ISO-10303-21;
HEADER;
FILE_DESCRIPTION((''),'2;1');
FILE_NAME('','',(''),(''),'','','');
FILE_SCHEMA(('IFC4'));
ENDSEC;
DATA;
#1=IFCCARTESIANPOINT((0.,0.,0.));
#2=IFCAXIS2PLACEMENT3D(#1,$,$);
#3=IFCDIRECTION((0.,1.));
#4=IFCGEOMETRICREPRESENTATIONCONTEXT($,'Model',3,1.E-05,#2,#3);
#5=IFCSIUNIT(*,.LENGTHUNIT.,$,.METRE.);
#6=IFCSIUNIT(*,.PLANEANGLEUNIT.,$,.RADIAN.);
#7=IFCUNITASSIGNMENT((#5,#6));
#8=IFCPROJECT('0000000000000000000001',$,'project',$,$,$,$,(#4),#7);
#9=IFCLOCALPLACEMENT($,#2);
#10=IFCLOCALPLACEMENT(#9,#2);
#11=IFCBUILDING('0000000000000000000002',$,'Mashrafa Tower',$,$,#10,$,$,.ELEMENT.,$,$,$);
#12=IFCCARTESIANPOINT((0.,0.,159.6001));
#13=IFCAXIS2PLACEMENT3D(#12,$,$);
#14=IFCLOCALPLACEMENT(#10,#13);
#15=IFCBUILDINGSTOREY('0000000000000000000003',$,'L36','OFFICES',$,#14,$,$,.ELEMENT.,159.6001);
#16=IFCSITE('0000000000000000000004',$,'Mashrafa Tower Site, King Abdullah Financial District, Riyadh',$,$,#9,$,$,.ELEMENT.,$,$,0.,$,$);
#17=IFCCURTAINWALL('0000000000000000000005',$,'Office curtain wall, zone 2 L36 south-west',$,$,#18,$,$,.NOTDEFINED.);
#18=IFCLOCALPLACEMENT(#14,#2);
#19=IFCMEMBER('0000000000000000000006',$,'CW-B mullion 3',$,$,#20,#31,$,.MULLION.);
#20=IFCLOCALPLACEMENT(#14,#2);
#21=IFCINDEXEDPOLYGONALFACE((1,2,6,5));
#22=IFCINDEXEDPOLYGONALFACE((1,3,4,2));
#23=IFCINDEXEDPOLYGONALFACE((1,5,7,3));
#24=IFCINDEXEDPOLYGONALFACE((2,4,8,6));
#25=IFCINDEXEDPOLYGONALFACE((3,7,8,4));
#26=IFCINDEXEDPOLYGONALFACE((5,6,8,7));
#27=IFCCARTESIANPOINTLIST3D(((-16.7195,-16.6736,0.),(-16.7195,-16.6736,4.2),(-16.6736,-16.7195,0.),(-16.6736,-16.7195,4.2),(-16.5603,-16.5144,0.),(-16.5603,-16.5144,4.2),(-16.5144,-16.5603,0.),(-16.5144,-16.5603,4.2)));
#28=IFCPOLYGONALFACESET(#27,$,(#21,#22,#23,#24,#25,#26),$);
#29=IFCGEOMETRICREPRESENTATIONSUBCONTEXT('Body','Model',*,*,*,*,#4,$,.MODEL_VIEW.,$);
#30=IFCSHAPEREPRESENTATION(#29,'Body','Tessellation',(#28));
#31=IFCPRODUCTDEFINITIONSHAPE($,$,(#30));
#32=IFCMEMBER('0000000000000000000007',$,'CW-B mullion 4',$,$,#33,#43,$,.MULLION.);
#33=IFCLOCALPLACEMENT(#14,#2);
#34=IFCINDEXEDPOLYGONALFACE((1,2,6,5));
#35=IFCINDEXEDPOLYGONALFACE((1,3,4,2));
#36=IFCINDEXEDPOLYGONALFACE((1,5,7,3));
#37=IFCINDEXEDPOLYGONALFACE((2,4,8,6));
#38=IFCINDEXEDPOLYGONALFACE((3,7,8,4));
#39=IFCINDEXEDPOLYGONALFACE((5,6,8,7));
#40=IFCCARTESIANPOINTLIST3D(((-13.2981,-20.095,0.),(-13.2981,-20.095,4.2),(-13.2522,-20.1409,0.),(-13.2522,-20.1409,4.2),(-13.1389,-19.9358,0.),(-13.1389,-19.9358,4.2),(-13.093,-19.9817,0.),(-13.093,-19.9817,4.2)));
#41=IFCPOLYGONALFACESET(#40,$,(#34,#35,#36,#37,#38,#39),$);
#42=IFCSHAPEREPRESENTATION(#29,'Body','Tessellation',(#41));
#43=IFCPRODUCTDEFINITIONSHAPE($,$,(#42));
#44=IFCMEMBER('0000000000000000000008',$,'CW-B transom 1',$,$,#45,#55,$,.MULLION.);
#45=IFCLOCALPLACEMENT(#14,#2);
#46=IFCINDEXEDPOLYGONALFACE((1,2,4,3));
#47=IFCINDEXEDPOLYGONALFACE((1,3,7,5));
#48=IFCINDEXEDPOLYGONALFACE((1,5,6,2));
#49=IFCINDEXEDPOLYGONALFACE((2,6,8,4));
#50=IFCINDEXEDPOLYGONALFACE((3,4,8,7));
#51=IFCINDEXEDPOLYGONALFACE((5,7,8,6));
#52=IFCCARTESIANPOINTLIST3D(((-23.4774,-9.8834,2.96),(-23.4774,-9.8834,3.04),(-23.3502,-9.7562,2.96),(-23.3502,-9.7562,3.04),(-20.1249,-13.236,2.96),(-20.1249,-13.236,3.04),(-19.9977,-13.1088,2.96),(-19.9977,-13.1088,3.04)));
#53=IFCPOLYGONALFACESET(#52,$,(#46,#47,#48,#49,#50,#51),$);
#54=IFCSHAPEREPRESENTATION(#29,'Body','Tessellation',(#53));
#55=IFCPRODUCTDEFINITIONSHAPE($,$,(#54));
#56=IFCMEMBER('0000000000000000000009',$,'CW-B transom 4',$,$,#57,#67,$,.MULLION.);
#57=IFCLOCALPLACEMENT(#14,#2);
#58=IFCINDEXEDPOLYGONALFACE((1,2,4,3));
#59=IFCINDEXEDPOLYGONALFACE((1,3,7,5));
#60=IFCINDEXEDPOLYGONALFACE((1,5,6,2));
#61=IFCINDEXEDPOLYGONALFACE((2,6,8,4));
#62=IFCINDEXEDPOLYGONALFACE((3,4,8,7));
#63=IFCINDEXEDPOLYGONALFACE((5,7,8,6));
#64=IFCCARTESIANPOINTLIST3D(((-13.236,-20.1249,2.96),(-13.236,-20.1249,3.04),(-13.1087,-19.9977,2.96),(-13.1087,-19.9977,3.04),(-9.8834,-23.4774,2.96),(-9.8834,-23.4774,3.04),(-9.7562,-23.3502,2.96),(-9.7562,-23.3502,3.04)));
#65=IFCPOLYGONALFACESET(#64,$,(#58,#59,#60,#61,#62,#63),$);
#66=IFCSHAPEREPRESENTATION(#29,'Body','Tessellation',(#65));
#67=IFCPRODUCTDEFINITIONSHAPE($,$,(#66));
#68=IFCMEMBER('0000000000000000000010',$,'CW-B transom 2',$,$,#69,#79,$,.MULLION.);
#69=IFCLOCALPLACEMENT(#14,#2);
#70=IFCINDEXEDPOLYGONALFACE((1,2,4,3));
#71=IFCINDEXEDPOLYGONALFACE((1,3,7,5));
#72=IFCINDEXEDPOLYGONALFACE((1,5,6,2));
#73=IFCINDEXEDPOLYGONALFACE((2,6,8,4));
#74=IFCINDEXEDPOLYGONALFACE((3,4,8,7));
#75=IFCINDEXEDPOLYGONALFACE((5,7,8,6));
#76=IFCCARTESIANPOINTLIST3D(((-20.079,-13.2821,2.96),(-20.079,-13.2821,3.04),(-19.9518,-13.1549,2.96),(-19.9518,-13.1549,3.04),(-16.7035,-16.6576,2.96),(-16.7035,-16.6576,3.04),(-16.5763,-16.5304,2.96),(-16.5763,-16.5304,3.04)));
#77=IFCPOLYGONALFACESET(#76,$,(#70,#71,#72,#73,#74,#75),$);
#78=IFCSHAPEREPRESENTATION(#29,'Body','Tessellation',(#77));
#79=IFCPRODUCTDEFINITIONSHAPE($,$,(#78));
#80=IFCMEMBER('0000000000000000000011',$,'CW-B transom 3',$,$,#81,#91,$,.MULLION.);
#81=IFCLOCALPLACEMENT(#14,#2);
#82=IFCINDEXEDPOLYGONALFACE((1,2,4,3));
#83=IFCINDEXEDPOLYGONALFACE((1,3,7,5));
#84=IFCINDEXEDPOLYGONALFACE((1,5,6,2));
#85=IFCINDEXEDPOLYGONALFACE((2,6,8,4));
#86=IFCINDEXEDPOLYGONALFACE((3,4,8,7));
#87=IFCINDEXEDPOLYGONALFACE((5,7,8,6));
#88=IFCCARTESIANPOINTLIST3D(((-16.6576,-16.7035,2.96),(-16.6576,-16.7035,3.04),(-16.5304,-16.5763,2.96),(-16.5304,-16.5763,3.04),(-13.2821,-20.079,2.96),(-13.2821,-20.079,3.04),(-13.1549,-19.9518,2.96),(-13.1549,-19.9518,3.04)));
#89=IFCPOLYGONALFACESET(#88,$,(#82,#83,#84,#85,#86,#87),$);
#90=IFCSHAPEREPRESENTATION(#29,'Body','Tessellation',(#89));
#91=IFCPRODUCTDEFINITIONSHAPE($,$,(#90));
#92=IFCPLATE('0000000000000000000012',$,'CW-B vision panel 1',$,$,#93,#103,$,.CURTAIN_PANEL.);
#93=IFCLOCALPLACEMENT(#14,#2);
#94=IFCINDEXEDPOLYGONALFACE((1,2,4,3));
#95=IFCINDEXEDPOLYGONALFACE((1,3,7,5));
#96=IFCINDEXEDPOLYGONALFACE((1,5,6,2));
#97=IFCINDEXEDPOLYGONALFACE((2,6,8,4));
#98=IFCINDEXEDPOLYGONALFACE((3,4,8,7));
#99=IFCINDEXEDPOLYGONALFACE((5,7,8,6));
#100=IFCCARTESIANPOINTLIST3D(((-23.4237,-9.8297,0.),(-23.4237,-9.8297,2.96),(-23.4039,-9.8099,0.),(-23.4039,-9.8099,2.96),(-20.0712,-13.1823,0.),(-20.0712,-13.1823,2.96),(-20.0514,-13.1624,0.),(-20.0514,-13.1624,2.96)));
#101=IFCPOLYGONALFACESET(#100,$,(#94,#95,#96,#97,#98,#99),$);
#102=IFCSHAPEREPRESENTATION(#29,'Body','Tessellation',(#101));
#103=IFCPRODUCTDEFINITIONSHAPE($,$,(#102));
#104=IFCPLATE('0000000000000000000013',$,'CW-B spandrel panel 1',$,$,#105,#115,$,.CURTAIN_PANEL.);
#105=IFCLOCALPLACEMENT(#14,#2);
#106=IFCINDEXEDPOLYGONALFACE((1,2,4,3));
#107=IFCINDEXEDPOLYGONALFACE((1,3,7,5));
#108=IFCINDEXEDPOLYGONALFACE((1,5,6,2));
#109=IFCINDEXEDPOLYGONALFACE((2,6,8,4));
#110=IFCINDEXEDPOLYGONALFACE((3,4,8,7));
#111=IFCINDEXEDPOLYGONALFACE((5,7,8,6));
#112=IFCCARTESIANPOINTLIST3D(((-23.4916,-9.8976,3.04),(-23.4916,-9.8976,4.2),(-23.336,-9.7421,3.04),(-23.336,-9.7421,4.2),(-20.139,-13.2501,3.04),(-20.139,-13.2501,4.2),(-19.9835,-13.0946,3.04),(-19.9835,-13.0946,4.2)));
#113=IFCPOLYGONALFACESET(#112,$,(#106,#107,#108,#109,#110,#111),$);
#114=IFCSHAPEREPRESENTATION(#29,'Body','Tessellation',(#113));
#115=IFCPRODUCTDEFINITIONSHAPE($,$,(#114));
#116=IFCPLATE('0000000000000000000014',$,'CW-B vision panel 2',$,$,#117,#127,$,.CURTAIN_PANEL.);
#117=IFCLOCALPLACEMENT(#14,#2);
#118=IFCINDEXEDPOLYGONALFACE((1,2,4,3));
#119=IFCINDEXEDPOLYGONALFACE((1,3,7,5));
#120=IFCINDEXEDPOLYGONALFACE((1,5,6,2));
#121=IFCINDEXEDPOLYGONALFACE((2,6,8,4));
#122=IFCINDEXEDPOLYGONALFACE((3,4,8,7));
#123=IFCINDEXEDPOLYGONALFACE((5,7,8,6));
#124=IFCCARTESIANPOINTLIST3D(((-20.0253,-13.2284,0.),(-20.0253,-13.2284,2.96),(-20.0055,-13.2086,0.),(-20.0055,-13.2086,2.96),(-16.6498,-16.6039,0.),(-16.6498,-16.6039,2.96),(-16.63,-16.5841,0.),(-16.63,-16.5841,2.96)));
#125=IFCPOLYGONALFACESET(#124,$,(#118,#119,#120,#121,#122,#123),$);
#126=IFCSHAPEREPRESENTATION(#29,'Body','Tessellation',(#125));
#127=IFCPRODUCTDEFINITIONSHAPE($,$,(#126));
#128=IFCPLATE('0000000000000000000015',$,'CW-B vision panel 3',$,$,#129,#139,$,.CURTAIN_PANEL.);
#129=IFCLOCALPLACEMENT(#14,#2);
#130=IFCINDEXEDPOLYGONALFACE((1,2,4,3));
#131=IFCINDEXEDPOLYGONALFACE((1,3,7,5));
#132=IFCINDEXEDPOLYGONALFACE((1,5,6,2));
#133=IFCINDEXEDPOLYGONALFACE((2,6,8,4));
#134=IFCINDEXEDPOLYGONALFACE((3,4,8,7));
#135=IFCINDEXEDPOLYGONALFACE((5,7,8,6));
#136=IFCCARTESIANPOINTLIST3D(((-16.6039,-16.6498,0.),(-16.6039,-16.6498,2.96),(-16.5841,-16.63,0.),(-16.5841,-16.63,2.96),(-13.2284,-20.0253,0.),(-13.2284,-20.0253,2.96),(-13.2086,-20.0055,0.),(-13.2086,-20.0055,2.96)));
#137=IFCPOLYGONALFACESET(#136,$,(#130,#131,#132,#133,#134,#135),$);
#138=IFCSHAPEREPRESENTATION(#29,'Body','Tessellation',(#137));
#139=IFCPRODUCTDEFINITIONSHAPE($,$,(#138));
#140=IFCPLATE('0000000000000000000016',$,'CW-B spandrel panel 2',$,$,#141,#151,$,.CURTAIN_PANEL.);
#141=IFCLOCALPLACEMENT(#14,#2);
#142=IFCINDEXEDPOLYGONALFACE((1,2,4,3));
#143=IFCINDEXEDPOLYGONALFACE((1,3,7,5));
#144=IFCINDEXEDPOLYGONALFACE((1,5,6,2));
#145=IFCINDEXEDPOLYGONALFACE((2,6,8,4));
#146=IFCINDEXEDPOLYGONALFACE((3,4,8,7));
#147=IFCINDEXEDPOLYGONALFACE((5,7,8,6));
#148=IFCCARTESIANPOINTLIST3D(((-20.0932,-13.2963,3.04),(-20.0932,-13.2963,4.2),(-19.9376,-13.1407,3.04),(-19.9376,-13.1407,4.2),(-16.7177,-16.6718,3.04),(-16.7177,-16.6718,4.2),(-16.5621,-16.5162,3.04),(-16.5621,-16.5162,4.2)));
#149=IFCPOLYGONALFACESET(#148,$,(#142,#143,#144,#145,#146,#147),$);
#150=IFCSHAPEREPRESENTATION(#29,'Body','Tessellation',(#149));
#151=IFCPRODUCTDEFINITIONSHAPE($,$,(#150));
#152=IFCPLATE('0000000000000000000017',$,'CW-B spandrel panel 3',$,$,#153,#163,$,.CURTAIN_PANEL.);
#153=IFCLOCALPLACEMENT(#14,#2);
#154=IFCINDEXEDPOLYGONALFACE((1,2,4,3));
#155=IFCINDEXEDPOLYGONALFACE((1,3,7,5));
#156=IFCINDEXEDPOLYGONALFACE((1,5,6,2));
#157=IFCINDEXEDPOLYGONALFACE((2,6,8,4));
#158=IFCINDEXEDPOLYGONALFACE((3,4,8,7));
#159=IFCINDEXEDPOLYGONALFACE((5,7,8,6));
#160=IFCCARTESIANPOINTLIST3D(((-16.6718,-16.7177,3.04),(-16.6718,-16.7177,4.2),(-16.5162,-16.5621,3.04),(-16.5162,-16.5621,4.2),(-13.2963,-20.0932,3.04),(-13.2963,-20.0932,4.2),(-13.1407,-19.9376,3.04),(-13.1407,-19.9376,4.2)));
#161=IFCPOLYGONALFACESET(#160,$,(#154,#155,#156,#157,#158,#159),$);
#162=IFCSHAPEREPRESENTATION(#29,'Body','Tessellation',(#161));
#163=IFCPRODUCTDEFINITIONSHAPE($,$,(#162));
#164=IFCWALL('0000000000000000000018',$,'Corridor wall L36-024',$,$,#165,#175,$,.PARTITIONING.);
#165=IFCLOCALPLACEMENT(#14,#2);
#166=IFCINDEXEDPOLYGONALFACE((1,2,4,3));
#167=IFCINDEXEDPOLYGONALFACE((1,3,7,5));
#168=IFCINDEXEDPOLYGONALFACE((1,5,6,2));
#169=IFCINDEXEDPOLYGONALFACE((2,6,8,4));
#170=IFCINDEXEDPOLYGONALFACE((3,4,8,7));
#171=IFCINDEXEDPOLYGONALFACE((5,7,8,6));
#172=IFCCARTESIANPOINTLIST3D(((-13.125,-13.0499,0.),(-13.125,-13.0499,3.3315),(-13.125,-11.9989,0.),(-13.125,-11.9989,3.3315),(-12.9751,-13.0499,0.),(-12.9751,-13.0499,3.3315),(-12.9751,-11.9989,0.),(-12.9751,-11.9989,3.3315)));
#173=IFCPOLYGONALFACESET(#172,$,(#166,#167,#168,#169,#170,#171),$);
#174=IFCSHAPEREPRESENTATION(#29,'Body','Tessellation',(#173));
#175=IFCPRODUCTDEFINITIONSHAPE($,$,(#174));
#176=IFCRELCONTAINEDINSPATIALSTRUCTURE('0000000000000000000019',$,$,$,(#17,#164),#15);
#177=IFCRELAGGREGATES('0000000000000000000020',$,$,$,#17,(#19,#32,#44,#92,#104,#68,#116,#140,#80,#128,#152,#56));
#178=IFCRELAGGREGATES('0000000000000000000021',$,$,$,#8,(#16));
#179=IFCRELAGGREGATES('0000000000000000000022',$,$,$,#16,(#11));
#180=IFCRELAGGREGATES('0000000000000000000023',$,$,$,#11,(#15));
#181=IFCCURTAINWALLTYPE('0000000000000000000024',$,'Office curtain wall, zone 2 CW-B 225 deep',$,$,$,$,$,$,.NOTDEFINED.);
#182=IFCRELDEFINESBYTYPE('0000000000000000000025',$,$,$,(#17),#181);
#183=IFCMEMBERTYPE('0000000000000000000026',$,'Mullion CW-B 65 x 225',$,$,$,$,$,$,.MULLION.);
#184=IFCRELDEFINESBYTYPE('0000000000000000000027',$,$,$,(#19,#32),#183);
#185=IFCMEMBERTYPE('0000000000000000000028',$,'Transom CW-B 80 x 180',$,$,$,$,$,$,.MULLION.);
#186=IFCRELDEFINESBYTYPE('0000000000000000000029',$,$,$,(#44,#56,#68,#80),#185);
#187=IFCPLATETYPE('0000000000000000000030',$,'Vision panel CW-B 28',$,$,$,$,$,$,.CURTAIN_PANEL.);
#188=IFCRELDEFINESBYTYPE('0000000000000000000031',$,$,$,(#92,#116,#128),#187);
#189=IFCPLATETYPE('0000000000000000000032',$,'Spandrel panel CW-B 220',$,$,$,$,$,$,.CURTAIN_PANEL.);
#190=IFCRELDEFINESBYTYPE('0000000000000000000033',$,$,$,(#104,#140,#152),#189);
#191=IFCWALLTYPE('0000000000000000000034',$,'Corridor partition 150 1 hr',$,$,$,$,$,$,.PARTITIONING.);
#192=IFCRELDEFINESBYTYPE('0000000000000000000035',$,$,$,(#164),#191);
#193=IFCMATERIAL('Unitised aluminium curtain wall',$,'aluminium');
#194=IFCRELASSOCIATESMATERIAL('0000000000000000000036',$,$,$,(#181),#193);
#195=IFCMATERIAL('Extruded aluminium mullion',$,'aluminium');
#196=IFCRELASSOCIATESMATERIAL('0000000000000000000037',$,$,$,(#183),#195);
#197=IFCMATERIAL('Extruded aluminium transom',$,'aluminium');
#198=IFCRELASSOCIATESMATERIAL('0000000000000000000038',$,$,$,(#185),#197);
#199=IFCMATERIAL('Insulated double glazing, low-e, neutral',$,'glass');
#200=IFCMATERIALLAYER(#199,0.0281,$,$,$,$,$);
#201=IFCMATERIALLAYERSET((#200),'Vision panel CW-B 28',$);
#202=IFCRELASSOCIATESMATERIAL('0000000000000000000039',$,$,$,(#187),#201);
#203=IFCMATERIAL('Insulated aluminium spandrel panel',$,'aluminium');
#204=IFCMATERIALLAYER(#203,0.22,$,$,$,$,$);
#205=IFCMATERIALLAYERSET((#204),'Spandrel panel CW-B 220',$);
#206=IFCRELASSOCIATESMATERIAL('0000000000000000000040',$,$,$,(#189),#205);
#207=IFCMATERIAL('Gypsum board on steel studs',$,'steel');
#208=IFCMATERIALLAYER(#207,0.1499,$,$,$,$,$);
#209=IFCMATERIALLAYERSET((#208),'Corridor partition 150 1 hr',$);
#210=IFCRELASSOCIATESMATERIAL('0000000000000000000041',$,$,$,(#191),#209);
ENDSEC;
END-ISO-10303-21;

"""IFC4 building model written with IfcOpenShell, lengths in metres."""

from ifc_helpers import new_model, si_unit, direction, frame, frame_2d, origin, origin_2d, place, context, subcontext, project, spatial, rectangle, extrude, source, transform, mapped, material, layer, layer_set, material_profile, profile_set, type_object, type_shapes, element, aggregate, save


model = new_model("IFC4")

# Units and contexts
model_context = context("Model", 3, precision=1e-05, world=origin(), true_north=direction((0.0, 1.0)))
body_context = subcontext(model_context, "Body", "Model", "MODEL_VIEW")
ifc_project = project(units=[si_unit("LENGTHUNIT", "METRE"), si_unit("PLANEANGLEUNIT", "RADIAN")], contexts=[model_context])

# Site, building, storey
site_placement = place(None, origin())
site = spatial("IfcSite", under=ifc_project, at=site_placement, Name="Mashrafa Tower Site, King Abdullah Financial District, Riyadh", CompositionType="ELEMENT", RefElevation=0.0)
building_placement = place(site_placement, origin())
building = spatial("IfcBuilding", under=site, at=building_placement, Name="Mashrafa Tower", CompositionType="ELEMENT")
storey_placement = place(building_placement, frame((0.0, 0.0, 159.6001)))
storey = spatial("IfcBuildingStorey", under=building, at=storey_placement, Name="L36", Description="OFFICES", CompositionType="ELEMENT", Elevation=159.6001)

# Curtain wall, members, plates
ifc_material_1 = material(Name="Unitised aluminium curtain wall", Category="aluminium")
curtain_wall_type = type_object("IfcCurtainWallType", Name="Office curtain wall, zone 2 CW-B 225 deep", PredefinedType="NOTDEFINED", material=ifc_material_1)
curtain_wall_placement = place(storey_placement, origin())
curtain_wall = element("IfcCurtainWall", 1, at=curtain_wall_placement, inside=storey, type_object=curtain_wall_type, Name="Office curtain wall, zone 2 L36 south-west", PredefinedType="NOTDEFINED")
ifc_material_2 = material(Name="Extruded aluminium mullion", Category="aluminium")
ifc_material_profile_1 = material_profile(ifc_material_2, rectangle(XDim=0.2251, YDim=0.0649, at=origin_2d()), Name="Mullion 65x225")
ifc_profile_set_1 = profile_set([ifc_material_profile_1], Name="Extruded aluminium mullion")
member_type_1 = type_object("IfcMemberType", Name="Mullion CW-B 65 x 225", PredefinedType="MULLION", material=ifc_profile_set_1)
shared_shape_1 = source(origin(), body_context, "Body", "SweptSolid", [
    extrude(rectangle(XDim=0.2251, YDim=0.0649, at=origin_2d()), origin(), (0.0, 0.0, 1.0), 4.2),
])
type_shapes(member_type_1, [shared_shape_1])
member_1_placement = place(storey_placement, frame((-16.6169, -16.6169, 0.0), z_axis=(0.0, 0.0, 1.0), x_axis=(0.707107, 0.707107, 0.0)))
member_1 = element("IfcMember", 2, at=member_1_placement, type_object=member_type_1, Name="CW-B mullion 3", PredefinedType="MULLION", context=body_context, shape_type="MappedRepresentation", body=[
    mapped(shared_shape_1, transform((0.0, 0.0, 0.0))),
])
member_2_placement = place(storey_placement, frame((-13.1956, -20.0383, 0.0), z_axis=(0.0, 0.0, 1.0), x_axis=(0.707107, 0.707107, 0.0)))
member_2 = element("IfcMember", 3, at=member_2_placement, type_object=member_type_1, Name="CW-B mullion 4", PredefinedType="MULLION", context=body_context, shape_type="MappedRepresentation", body=[
    mapped(shared_shape_1, transform((0.0, 0.0, 0.0))),
])
ifc_material_3 = material(Name="Extruded aluminium transom", Category="aluminium")
ifc_material_profile_2 = material_profile(ifc_material_3, rectangle(XDim=0.1799, YDim=0.0801, at=origin_2d()), Name="Transom 80x180")
ifc_profile_set_2 = profile_set([ifc_material_profile_2], Name="Extruded aluminium transom")
member_type_2 = type_object("IfcMemberType", Name="Transom CW-B 80 x 180", PredefinedType="MULLION", material=ifc_profile_set_2)
shared_shape_2 = source(origin(), body_context, "Body", "SweptSolid", [
    extrude(rectangle(XDim=0.1799, YDim=0.0801, at=origin_2d()), origin(), (0.0, 0.0, 1.0), 4.7412),
])
member_3_placement = place(storey_placement, frame((-23.4138, -9.8198, 3.0), z_axis=(0.707107, -0.707107, 0.0), x_axis=(0.707107, 0.707107, 0.0)))
member_3 = element("IfcMember", 4, at=member_3_placement, type_object=member_type_2, Name="CW-B transom 1", PredefinedType="MULLION", context=body_context, shape_type="MappedRepresentation", body=[
    mapped(shared_shape_2, transform((0.0, 0.0, 0.0))),
])
member_4_placement = place(storey_placement, frame((-13.1724, -20.0613, 3.0), z_axis=(0.707107, -0.707107, 0.0), x_axis=(0.707107, 0.707107, 0.0)))
member_4 = element("IfcMember", 5, at=member_4_placement, type_object=member_type_2, Name="CW-B transom 4", PredefinedType="MULLION", context=body_context, shape_type="MappedRepresentation", body=[
    mapped(shared_shape_2, transform((0.0, 0.0, 0.0))),
])
shared_shape_3 = source(origin(), body_context, "Body", "SweptSolid", [
    extrude(rectangle(XDim=0.1799, YDim=0.0801, at=origin_2d()), origin(), (0.0, 0.0, 1.0), 4.7737),
])
type_shapes(member_type_2, [shared_shape_2, shared_shape_3])
member_5_placement = place(storey_placement, frame((-20.0154, -13.2185, 3.0), z_axis=(0.707107, -0.707107, 0.0), x_axis=(0.707107, 0.707107, 0.0)))
member_5 = element("IfcMember", 6, at=member_5_placement, type_object=member_type_2, Name="CW-B transom 2", PredefinedType="MULLION", context=body_context, shape_type="MappedRepresentation", body=[
    mapped(shared_shape_3, transform((0.0, 0.0, 0.0))),
])
member_6_placement = place(storey_placement, frame((-16.594, -16.6399, 3.0), z_axis=(0.707107, -0.707107, 0.0), x_axis=(0.707107, 0.707107, 0.0)))
member_6 = element("IfcMember", 7, at=member_6_placement, type_object=member_type_2, Name="CW-B transom 3", PredefinedType="MULLION", context=body_context, shape_type="MappedRepresentation", body=[
    mapped(shared_shape_3, transform((0.0, 0.0, 0.0))),
])
ifc_material_4 = material(Name="Insulated double glazing, low-e, neutral", Category="glass")
ifc_layer_1 = layer(ifc_material_4, 0.0281)
ifc_layer_set_1 = layer_set([ifc_layer_1], Name="Vision panel CW-B 28")
plate_type_1 = type_object("IfcPlateType", Name="Vision panel CW-B 28", PredefinedType="CURTAIN_PANEL", material=ifc_layer_set_1)
shared_shape_4 = source(origin(), body_context, "Body", "SweptSolid", [
    extrude(rectangle(XDim=4.7412, YDim=0.0281, at=origin_2d()), origin(), (0.0, 0.0, 1.0), 2.96),
])
plate_1_placement = place(storey_placement, frame((-21.7375, -11.4961, 0.0), z_axis=(0.0, 0.0, 1.0), x_axis=(0.707107, -0.707107, 0.0)))
plate_1 = element("IfcPlate", 8, at=plate_1_placement, type_object=plate_type_1, Name="CW-B vision panel 1", PredefinedType="CURTAIN_PANEL", context=body_context, shape_type="MappedRepresentation", body=[
    mapped(shared_shape_4, transform((0.0, 0.0, 0.0))),
])
ifc_material_5 = material(Name="Insulated aluminium spandrel panel", Category="aluminium")
ifc_layer_2 = layer(ifc_material_5, 0.22)
ifc_layer_set_2 = layer_set([ifc_layer_2], Name="Spandrel panel CW-B 220")
plate_type_2 = type_object("IfcPlateType", Name="Spandrel panel CW-B 220", PredefinedType="CURTAIN_PANEL", material=ifc_layer_set_2)
shared_shape_5 = source(origin(), body_context, "Body", "SweptSolid", [
    extrude(rectangle(XDim=4.7412, YDim=0.22, at=origin_2d()), origin(), (0.0, 0.0, 1.0), 1.1599),
])
plate_2_placement = place(storey_placement, frame((-21.7375, -11.4961, 3.04), z_axis=(0.0, 0.0, 1.0), x_axis=(0.707107, -0.707107, 0.0)))
plate_2 = element("IfcPlate", 9, at=plate_2_placement, type_object=plate_type_2, Name="CW-B spandrel panel 1", PredefinedType="CURTAIN_PANEL", context=body_context, shape_type="MappedRepresentation", body=[
    mapped(shared_shape_5, transform((0.0, 0.0, 0.0))),
])
shared_shape_6 = source(origin(), body_context, "Body", "SweptSolid", [
    extrude(rectangle(XDim=4.7737, YDim=0.0281, at=origin_2d()), origin(), (0.0, 0.0, 1.0), 2.96),
])
type_shapes(plate_type_1, [shared_shape_4, shared_shape_6])
plate_3_placement = place(storey_placement, frame((-18.3276, -14.9062, 0.0), z_axis=(0.0, 0.0, 1.0), x_axis=(0.707107, -0.707107, 0.0)))
plate_3 = element("IfcPlate", 10, at=plate_3_placement, type_object=plate_type_1, Name="CW-B vision panel 2", PredefinedType="CURTAIN_PANEL", context=body_context, shape_type="MappedRepresentation", body=[
    mapped(shared_shape_6, transform((0.0, 0.0, 0.0))),
])
plate_4_placement = place(storey_placement, frame((-14.9062, -18.3276, 0.0), z_axis=(0.0, 0.0, 1.0), x_axis=(0.707107, -0.707107, 0.0)))
plate_4 = element("IfcPlate", 11, at=plate_4_placement, type_object=plate_type_1, Name="CW-B vision panel 3", PredefinedType="CURTAIN_PANEL", context=body_context, shape_type="MappedRepresentation", body=[
    mapped(shared_shape_6, transform((0.0, 0.0, 0.0))),
])
shared_shape_7 = source(origin(), body_context, "Body", "SweptSolid", [
    extrude(rectangle(XDim=4.7737, YDim=0.22, at=origin_2d()), origin(), (0.0, 0.0, 1.0), 1.1599),
])
type_shapes(plate_type_2, [shared_shape_5, shared_shape_7])
plate_5_placement = place(storey_placement, frame((-18.3276, -14.9062, 3.04), z_axis=(0.0, 0.0, 1.0), x_axis=(0.707107, -0.707107, 0.0)))
plate_5 = element("IfcPlate", 12, at=plate_5_placement, type_object=plate_type_2, Name="CW-B spandrel panel 2", PredefinedType="CURTAIN_PANEL", context=body_context, shape_type="MappedRepresentation", body=[
    mapped(shared_shape_7, transform((0.0, 0.0, 0.0))),
])
plate_6_placement = place(storey_placement, frame((-14.9062, -18.3276, 3.04), z_axis=(0.0, 0.0, 1.0), x_axis=(0.707107, -0.707107, 0.0)))
plate_6 = element("IfcPlate", 13, at=plate_6_placement, type_object=plate_type_2, Name="CW-B spandrel panel 3", PredefinedType="CURTAIN_PANEL", context=body_context, shape_type="MappedRepresentation", body=[
    mapped(shared_shape_7, transform((0.0, 0.0, 0.0))),
])
aggregate(curtain_wall, [member_1, member_2, member_3, plate_1, plate_2, member_5, plate_3, plate_5, member_6, plate_4, plate_6, member_4])

# Wall
ifc_material_6 = material(Name="Gypsum board on steel studs", Category="steel")
ifc_layer_3 = layer(ifc_material_6, 0.1499)
ifc_layer_set_3 = layer_set([ifc_layer_3], Name="Corridor partition 150 1 hr")
wall_type_1 = type_object("IfcWallType", Name="Corridor partition 150 1 hr", PredefinedType="PARTITIONING", material=ifc_layer_set_3)
wall_1_placement = place(storey_placement, frame((-13.05, -11.999, 0.0), z_axis=(0.0, 0.0, 1.0), x_axis=(0.0, -1.0, 0.0)))
element("IfcWall", 14, at=wall_1_placement, inside=storey, type_object=wall_type_1, Name="Corridor wall L36-024", PredefinedType="PARTITIONING", context=body_context, shape_type="SweptSolid", body=[
    extrude(rectangle(XDim=1.051, YDim=0.1499, at=frame_2d((0.5254, 0.0))), origin(), (0.0, 0.0, 1.0), 3.3315),
])

save(model, "model.ifc")
